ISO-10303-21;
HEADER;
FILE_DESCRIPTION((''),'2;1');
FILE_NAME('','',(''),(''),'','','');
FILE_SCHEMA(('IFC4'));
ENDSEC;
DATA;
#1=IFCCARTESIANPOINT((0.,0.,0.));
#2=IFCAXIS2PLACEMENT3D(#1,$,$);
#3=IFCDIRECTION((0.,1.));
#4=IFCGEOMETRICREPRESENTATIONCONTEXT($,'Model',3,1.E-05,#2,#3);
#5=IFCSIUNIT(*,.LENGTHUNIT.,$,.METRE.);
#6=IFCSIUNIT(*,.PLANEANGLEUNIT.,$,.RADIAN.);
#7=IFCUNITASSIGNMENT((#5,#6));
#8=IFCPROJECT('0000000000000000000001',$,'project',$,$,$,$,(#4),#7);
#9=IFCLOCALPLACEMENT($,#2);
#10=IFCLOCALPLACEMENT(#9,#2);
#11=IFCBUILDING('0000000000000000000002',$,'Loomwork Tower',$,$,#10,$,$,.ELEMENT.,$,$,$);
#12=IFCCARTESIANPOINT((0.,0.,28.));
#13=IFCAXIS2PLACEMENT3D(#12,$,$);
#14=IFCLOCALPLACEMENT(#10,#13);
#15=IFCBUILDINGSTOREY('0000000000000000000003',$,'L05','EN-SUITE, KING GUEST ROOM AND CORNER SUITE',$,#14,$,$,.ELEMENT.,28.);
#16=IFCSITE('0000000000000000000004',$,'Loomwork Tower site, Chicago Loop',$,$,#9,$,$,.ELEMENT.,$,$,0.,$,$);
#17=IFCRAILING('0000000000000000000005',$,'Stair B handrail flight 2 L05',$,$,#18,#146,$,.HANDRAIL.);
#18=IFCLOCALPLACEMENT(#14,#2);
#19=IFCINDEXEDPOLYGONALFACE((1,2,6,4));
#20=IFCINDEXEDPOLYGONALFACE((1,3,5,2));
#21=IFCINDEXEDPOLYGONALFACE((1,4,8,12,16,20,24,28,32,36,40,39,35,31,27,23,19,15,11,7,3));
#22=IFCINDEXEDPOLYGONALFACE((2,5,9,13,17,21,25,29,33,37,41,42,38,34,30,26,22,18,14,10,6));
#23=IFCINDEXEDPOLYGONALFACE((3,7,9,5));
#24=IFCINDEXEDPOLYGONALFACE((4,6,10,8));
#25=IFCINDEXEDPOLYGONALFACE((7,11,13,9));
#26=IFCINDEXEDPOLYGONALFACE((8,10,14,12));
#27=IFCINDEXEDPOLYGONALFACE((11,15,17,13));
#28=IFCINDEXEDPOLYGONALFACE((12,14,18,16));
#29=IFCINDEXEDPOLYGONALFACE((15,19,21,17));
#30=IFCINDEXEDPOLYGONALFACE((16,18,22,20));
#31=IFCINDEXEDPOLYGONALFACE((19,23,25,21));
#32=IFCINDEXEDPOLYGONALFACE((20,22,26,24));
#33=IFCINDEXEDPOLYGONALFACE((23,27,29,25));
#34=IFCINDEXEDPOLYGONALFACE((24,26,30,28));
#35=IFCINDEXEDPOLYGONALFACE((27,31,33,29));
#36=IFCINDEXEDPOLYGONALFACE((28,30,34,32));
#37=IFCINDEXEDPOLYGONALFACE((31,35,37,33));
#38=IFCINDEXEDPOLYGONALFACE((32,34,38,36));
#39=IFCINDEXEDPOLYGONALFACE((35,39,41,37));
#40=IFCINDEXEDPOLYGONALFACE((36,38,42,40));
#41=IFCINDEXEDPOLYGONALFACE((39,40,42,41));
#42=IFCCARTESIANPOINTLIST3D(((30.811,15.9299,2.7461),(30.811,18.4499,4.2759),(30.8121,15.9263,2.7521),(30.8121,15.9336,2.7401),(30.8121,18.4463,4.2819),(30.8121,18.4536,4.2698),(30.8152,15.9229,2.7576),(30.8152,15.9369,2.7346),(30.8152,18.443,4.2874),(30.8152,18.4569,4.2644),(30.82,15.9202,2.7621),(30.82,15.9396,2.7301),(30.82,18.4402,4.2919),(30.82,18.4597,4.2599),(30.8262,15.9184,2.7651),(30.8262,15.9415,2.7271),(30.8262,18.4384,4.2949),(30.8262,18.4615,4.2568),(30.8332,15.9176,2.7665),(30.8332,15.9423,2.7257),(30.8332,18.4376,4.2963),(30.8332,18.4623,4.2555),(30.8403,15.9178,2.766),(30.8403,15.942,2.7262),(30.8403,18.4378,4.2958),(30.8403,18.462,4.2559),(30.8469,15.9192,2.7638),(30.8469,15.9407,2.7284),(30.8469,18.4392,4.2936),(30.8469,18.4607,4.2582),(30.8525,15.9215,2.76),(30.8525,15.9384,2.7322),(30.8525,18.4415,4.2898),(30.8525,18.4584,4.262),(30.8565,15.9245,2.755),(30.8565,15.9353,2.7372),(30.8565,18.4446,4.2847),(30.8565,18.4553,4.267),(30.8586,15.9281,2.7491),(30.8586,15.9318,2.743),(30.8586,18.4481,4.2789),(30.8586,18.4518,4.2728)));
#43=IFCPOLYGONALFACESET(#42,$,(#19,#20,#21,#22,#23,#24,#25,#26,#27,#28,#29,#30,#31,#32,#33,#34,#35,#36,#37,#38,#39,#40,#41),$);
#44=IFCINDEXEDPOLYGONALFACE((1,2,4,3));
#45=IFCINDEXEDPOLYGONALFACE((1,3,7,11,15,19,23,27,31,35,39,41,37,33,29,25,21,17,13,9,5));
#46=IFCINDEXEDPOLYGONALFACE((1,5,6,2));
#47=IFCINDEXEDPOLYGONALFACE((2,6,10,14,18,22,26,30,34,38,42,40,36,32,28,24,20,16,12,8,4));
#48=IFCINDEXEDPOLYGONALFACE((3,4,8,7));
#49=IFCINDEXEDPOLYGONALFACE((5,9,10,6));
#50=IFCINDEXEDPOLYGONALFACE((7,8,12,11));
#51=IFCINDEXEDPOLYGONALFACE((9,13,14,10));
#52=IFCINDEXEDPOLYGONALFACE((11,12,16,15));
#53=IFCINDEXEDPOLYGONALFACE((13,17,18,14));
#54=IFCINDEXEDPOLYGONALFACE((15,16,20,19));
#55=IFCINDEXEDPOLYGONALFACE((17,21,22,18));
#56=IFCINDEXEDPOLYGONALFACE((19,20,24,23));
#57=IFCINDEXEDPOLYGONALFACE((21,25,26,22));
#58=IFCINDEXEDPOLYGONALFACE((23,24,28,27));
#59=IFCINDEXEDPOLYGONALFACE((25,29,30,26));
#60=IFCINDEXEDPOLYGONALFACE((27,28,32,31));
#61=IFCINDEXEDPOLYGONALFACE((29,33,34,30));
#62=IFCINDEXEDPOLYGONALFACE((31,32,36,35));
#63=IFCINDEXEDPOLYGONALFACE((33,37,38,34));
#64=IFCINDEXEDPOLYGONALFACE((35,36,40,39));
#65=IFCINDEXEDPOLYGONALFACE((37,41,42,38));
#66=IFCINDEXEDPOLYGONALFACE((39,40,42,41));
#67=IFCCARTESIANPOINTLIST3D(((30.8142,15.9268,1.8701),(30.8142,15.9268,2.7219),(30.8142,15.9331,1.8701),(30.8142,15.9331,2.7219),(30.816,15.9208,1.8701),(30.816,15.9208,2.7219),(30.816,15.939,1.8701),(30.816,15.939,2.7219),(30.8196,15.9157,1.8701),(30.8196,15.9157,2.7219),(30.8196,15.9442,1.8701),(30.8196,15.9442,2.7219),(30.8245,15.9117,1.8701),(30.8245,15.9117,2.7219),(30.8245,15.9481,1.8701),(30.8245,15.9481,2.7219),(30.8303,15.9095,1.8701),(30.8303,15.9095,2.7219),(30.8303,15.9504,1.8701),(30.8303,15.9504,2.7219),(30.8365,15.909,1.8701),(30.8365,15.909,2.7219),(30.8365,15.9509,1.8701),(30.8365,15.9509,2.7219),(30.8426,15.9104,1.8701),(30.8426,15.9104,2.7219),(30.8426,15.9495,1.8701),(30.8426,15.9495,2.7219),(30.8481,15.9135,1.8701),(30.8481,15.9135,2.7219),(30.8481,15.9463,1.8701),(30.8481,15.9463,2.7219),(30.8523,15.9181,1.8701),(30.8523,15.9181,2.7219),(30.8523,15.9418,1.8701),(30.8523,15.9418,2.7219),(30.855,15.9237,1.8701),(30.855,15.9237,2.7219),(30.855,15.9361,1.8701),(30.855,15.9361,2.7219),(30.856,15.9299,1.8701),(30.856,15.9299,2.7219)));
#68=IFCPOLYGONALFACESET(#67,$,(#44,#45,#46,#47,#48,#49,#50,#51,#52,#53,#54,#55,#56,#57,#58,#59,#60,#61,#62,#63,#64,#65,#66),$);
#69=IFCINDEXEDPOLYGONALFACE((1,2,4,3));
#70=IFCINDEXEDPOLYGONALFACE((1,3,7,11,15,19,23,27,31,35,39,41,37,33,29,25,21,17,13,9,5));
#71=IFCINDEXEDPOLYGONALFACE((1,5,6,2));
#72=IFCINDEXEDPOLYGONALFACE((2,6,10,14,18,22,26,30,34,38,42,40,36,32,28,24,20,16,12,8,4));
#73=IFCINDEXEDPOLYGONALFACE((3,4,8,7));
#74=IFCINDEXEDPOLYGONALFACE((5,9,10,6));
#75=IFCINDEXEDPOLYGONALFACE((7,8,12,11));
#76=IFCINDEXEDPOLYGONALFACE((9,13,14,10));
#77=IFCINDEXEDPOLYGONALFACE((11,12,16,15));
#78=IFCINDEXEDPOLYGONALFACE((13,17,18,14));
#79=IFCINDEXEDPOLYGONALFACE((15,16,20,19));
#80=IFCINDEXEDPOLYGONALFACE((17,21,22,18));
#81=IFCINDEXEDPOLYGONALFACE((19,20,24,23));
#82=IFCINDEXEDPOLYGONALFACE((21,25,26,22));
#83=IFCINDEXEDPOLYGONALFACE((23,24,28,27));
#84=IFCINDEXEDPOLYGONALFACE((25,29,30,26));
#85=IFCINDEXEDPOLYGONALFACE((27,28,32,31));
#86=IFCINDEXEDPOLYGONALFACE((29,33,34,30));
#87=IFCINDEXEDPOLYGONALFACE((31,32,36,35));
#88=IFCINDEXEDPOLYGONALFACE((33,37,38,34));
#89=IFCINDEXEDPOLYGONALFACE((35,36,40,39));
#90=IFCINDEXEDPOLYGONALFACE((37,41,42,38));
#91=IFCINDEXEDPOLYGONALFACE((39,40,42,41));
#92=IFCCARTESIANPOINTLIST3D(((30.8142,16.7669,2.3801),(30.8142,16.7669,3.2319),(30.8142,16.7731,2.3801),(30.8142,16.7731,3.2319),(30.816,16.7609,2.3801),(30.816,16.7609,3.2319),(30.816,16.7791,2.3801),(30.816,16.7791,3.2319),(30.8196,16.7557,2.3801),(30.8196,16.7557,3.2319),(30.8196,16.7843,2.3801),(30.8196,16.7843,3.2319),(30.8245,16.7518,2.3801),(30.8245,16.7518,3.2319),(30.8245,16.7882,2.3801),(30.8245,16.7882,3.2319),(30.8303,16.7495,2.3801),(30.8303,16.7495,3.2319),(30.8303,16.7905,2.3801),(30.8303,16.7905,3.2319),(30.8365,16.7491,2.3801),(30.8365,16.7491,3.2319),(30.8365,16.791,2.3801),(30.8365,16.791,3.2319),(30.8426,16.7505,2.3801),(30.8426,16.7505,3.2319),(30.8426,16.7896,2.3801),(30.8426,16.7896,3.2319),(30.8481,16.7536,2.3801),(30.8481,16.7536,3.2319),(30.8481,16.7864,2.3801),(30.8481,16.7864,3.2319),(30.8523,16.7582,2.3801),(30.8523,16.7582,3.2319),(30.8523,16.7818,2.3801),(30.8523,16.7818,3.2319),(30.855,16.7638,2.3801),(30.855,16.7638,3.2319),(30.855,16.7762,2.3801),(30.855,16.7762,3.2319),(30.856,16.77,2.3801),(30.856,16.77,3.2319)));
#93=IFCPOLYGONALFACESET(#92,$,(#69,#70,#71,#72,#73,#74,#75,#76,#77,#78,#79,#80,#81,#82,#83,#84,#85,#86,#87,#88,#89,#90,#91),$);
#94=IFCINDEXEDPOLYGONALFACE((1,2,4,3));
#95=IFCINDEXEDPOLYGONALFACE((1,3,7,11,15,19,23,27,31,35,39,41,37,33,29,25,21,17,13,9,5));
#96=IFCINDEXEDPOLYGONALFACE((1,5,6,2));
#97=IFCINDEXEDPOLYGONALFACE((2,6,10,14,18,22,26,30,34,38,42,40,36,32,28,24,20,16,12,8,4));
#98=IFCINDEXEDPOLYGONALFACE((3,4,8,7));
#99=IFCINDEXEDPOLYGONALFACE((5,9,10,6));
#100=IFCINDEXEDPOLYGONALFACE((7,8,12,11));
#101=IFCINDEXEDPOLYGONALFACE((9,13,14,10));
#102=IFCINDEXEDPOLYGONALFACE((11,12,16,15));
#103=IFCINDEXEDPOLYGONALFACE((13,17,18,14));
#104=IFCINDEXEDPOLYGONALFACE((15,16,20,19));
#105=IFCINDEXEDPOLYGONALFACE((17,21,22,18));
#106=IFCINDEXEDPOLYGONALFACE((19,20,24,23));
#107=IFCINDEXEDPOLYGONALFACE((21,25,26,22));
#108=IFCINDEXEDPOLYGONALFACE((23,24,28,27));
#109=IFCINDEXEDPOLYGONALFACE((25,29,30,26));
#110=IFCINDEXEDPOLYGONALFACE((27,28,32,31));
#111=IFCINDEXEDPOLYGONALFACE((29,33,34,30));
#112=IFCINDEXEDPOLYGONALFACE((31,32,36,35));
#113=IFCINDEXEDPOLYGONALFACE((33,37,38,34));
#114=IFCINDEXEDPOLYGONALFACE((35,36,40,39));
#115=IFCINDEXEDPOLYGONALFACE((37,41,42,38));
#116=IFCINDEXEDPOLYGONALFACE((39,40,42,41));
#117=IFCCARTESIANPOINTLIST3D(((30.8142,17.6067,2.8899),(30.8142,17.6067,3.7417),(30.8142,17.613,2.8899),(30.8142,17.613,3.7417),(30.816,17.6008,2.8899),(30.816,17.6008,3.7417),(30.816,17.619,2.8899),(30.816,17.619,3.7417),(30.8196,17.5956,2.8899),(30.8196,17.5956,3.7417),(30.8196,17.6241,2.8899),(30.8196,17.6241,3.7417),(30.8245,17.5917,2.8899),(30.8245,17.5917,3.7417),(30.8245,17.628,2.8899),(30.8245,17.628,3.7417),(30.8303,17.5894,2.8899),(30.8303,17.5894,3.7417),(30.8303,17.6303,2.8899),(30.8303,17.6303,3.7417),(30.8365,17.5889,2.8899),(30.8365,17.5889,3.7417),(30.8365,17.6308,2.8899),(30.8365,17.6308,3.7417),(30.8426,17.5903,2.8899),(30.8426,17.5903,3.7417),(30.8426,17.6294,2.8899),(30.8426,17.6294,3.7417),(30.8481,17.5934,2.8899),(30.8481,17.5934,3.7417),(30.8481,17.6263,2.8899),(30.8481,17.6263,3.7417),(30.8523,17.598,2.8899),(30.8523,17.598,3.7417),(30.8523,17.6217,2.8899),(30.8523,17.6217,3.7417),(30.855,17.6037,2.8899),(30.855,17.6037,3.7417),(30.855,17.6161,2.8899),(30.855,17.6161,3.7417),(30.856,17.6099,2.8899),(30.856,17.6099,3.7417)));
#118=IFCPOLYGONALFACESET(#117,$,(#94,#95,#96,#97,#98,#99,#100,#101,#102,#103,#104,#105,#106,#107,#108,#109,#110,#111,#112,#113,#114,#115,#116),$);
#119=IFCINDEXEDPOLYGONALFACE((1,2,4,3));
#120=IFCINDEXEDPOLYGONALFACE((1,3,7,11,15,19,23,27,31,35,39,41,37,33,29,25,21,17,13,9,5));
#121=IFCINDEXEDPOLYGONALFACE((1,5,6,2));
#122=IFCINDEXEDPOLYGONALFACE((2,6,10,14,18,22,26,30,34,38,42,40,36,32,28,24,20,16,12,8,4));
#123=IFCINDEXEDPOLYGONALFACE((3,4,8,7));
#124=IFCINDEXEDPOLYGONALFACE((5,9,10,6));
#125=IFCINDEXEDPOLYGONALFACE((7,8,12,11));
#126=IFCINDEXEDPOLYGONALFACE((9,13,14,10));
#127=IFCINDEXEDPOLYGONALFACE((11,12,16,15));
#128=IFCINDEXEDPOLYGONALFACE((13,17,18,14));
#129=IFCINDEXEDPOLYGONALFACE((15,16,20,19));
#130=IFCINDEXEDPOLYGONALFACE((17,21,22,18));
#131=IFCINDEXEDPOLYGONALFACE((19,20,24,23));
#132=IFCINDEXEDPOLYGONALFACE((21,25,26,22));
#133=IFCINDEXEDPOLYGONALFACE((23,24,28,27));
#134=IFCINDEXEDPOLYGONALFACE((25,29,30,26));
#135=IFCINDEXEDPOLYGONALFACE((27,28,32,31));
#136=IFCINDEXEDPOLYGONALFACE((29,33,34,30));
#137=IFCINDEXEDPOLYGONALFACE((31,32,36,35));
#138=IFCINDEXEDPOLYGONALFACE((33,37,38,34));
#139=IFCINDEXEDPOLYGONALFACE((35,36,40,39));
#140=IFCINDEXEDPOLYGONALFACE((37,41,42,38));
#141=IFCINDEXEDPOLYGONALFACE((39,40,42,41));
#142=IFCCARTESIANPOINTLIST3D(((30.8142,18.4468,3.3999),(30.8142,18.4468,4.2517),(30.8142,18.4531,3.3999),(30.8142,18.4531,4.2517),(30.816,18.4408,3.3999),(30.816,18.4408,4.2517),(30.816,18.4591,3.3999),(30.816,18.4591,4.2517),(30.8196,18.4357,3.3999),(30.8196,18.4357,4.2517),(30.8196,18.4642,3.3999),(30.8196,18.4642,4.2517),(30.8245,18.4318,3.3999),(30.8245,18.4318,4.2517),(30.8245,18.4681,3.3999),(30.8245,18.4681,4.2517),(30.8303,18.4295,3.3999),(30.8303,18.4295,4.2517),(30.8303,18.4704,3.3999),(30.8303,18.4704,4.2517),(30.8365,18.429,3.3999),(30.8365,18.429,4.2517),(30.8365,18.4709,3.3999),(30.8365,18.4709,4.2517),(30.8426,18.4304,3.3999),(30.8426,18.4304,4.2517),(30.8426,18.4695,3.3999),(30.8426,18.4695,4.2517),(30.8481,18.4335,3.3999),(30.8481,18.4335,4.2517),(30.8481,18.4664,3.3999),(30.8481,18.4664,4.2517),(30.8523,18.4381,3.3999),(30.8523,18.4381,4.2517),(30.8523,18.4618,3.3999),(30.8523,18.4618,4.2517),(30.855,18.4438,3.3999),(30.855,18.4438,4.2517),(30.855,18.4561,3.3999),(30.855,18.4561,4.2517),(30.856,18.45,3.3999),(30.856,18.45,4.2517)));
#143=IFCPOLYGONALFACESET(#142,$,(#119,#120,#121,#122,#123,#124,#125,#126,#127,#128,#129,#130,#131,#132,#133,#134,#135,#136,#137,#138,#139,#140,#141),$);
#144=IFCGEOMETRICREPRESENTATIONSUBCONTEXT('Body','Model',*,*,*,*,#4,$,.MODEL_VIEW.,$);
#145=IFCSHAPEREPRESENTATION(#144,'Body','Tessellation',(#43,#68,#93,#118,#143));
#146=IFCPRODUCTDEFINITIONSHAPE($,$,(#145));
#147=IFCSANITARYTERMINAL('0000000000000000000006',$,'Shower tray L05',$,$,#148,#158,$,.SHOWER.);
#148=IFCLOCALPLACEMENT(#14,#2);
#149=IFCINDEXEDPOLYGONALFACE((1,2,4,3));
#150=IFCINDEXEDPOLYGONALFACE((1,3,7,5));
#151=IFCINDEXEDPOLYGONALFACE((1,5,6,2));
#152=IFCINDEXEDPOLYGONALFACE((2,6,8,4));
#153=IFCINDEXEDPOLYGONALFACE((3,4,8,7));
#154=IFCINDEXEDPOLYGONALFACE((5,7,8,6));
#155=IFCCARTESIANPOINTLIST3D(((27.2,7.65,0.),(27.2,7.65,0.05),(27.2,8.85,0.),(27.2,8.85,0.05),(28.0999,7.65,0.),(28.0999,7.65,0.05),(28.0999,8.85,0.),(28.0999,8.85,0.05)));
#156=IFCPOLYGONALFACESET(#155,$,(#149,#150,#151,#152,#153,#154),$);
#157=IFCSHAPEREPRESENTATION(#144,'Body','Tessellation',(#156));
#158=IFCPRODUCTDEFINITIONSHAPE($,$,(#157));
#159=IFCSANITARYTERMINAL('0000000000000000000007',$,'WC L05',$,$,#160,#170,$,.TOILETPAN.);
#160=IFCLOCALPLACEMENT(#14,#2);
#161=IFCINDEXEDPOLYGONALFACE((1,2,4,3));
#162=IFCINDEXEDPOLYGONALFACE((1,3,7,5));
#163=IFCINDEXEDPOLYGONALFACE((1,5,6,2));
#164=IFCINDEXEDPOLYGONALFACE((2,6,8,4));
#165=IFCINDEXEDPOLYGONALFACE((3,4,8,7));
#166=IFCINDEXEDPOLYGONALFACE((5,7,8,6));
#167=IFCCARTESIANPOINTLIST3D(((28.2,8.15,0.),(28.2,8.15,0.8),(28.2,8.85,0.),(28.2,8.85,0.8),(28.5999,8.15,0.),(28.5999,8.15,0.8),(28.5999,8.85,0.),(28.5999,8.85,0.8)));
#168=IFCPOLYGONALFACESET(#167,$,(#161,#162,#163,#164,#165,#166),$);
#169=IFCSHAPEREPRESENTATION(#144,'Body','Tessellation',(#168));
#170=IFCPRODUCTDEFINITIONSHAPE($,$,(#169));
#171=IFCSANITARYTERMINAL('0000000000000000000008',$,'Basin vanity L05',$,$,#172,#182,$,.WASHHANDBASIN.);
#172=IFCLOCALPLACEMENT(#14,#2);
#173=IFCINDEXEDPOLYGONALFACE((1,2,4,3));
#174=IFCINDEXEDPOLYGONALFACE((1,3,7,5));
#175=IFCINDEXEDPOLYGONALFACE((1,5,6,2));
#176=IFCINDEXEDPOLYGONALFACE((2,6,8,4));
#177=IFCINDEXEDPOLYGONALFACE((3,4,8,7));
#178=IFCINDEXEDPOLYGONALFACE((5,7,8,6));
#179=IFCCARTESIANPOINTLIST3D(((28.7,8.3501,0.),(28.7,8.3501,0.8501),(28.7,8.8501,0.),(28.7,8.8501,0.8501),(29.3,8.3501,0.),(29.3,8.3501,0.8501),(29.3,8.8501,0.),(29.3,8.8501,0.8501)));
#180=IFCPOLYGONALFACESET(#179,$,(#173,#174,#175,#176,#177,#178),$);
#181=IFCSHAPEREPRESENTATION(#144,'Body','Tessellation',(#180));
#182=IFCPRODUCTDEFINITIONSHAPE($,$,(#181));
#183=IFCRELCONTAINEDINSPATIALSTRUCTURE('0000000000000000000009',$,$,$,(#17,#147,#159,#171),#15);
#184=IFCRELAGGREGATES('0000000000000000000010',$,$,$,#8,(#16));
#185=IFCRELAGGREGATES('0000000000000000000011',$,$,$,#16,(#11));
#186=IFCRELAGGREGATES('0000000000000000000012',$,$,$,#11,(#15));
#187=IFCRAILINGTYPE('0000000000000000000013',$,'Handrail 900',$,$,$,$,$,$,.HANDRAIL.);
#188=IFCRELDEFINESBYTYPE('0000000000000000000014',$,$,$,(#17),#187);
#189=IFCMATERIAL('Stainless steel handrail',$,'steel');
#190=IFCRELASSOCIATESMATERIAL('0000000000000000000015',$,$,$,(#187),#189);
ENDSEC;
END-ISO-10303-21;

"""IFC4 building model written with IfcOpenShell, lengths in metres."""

from ifc_helpers import new_model, si_unit, direction, frame, origin, origin_2d, place, context, subcontext, project, spatial, rectangle, circle, extrude, material, type_object, element, save


model = new_model("IFC4")

# Units and contexts
model_context = context("Model", 3, precision=1e-05, world=origin(), true_north=direction((0.0, 1.0)))
body_context = subcontext(model_context, "Body", "Model", "MODEL_VIEW")
ifc_project = project(units=[si_unit("LENGTHUNIT", "METRE"), si_unit("PLANEANGLEUNIT", "RADIAN")], contexts=[model_context])

# Site, building, storey
site_placement = place(None, origin())
site = spatial("IfcSite", under=ifc_project, at=site_placement, Name="Loomwork Tower site, Chicago Loop", CompositionType="ELEMENT", RefElevation=0.0)
building_placement = place(site_placement, origin())
building = spatial("IfcBuilding", under=site, at=building_placement, Name="Loomwork Tower", CompositionType="ELEMENT")
storey_placement = place(building_placement, frame((0.0, 0.0, 28.0)))
storey = spatial("IfcBuildingStorey", under=building, at=storey_placement, Name="L05", Description="EN-SUITE, KING GUEST ROOM AND CORNER SUITE", CompositionType="ELEMENT", Elevation=28.0)

# Railing
ifc_material_1 = material(Name="Stainless steel handrail", Category="steel")
railing_type = type_object("IfcRailingType", Name="Handrail 900", PredefinedType="HANDRAIL", material=ifc_material_1)
railing_placement = place(storey_placement, frame((30.835, 15.9299, 1.8701)))
element("IfcRailing", 1, at=railing_placement, inside=storey, type_object=railing_type, Name="Stair B handrail flight 2 L05", PredefinedType="HANDRAIL", context=body_context, shape_type="SweptSolid", body=[
    extrude(circle(Radius=0.0239, at=origin_2d()), frame((0.0, 0.0, 0.876), z_axis=(0.0, 0.854822, 0.518922), x_axis=(-1.0, 0.0, 0.0)), (0.0, 0.0, 1.0), 2.948),
    extrude(circle(Radius=0.021, at=origin_2d()), origin(), (0.0, 0.0, 1.0), 0.8518),
    extrude(circle(Radius=0.021, at=origin_2d()), frame((0.0, 0.8401, 0.51)), (0.0, 0.0, 1.0), 0.8518),
    extrude(circle(Radius=0.021, at=origin_2d()), frame((0.0, 1.6799, 1.0198)), (0.0, 0.0, 1.0), 0.8518),
    extrude(circle(Radius=0.021, at=origin_2d()), frame((0.0, 2.52, 1.5298)), (0.0, 0.0, 1.0), 0.8518),
])

# Sanitary terminals
sanitary_terminal_1_placement = place(storey_placement, frame((27.6499, 8.25, 0.0), z_axis=(0.0, 0.0, 1.0), x_axis=(1.0, 0.0, 0.0)))
element("IfcSanitaryTerminal", 2, at=sanitary_terminal_1_placement, inside=storey, Name="Shower tray L05", PredefinedType="SHOWER", context=body_context, shape_type="SweptSolid", body=[
    extrude(rectangle(XDim=0.8999, YDim=1.2, at=origin_2d()), origin(), (0.0, 0.0, 1.0), 0.05),
])
sanitary_terminal_2_placement = place(storey_placement, frame((28.3999, 8.5, 0.0), z_axis=(0.0, 0.0, 1.0), x_axis=(1.0, 0.0, 0.0)))
element("IfcSanitaryTerminal", 3, at=sanitary_terminal_2_placement, inside=storey, Name="WC L05", PredefinedType="TOILETPAN", context=body_context, shape_type="SweptSolid", body=[
    extrude(rectangle(XDim=0.3999, YDim=0.7, at=origin_2d()), origin(), (0.0, 0.0, 1.0), 0.8),
])
sanitary_terminal_3_placement = place(storey_placement, frame((29.0, 8.6001, 0.0), z_axis=(0.0, 0.0, 1.0), x_axis=(1.0, 0.0, 0.0)))
element("IfcSanitaryTerminal", 4, at=sanitary_terminal_3_placement, inside=storey, Name="Basin vanity L05", PredefinedType="WASHHANDBASIN", context=body_context, shape_type="SweptSolid", body=[
    extrude(rectangle(XDim=0.6001, YDim=0.5, at=origin_2d()), origin(), (0.0, 0.0, 1.0), 0.8501),
])

save(model, "model.ifc")
